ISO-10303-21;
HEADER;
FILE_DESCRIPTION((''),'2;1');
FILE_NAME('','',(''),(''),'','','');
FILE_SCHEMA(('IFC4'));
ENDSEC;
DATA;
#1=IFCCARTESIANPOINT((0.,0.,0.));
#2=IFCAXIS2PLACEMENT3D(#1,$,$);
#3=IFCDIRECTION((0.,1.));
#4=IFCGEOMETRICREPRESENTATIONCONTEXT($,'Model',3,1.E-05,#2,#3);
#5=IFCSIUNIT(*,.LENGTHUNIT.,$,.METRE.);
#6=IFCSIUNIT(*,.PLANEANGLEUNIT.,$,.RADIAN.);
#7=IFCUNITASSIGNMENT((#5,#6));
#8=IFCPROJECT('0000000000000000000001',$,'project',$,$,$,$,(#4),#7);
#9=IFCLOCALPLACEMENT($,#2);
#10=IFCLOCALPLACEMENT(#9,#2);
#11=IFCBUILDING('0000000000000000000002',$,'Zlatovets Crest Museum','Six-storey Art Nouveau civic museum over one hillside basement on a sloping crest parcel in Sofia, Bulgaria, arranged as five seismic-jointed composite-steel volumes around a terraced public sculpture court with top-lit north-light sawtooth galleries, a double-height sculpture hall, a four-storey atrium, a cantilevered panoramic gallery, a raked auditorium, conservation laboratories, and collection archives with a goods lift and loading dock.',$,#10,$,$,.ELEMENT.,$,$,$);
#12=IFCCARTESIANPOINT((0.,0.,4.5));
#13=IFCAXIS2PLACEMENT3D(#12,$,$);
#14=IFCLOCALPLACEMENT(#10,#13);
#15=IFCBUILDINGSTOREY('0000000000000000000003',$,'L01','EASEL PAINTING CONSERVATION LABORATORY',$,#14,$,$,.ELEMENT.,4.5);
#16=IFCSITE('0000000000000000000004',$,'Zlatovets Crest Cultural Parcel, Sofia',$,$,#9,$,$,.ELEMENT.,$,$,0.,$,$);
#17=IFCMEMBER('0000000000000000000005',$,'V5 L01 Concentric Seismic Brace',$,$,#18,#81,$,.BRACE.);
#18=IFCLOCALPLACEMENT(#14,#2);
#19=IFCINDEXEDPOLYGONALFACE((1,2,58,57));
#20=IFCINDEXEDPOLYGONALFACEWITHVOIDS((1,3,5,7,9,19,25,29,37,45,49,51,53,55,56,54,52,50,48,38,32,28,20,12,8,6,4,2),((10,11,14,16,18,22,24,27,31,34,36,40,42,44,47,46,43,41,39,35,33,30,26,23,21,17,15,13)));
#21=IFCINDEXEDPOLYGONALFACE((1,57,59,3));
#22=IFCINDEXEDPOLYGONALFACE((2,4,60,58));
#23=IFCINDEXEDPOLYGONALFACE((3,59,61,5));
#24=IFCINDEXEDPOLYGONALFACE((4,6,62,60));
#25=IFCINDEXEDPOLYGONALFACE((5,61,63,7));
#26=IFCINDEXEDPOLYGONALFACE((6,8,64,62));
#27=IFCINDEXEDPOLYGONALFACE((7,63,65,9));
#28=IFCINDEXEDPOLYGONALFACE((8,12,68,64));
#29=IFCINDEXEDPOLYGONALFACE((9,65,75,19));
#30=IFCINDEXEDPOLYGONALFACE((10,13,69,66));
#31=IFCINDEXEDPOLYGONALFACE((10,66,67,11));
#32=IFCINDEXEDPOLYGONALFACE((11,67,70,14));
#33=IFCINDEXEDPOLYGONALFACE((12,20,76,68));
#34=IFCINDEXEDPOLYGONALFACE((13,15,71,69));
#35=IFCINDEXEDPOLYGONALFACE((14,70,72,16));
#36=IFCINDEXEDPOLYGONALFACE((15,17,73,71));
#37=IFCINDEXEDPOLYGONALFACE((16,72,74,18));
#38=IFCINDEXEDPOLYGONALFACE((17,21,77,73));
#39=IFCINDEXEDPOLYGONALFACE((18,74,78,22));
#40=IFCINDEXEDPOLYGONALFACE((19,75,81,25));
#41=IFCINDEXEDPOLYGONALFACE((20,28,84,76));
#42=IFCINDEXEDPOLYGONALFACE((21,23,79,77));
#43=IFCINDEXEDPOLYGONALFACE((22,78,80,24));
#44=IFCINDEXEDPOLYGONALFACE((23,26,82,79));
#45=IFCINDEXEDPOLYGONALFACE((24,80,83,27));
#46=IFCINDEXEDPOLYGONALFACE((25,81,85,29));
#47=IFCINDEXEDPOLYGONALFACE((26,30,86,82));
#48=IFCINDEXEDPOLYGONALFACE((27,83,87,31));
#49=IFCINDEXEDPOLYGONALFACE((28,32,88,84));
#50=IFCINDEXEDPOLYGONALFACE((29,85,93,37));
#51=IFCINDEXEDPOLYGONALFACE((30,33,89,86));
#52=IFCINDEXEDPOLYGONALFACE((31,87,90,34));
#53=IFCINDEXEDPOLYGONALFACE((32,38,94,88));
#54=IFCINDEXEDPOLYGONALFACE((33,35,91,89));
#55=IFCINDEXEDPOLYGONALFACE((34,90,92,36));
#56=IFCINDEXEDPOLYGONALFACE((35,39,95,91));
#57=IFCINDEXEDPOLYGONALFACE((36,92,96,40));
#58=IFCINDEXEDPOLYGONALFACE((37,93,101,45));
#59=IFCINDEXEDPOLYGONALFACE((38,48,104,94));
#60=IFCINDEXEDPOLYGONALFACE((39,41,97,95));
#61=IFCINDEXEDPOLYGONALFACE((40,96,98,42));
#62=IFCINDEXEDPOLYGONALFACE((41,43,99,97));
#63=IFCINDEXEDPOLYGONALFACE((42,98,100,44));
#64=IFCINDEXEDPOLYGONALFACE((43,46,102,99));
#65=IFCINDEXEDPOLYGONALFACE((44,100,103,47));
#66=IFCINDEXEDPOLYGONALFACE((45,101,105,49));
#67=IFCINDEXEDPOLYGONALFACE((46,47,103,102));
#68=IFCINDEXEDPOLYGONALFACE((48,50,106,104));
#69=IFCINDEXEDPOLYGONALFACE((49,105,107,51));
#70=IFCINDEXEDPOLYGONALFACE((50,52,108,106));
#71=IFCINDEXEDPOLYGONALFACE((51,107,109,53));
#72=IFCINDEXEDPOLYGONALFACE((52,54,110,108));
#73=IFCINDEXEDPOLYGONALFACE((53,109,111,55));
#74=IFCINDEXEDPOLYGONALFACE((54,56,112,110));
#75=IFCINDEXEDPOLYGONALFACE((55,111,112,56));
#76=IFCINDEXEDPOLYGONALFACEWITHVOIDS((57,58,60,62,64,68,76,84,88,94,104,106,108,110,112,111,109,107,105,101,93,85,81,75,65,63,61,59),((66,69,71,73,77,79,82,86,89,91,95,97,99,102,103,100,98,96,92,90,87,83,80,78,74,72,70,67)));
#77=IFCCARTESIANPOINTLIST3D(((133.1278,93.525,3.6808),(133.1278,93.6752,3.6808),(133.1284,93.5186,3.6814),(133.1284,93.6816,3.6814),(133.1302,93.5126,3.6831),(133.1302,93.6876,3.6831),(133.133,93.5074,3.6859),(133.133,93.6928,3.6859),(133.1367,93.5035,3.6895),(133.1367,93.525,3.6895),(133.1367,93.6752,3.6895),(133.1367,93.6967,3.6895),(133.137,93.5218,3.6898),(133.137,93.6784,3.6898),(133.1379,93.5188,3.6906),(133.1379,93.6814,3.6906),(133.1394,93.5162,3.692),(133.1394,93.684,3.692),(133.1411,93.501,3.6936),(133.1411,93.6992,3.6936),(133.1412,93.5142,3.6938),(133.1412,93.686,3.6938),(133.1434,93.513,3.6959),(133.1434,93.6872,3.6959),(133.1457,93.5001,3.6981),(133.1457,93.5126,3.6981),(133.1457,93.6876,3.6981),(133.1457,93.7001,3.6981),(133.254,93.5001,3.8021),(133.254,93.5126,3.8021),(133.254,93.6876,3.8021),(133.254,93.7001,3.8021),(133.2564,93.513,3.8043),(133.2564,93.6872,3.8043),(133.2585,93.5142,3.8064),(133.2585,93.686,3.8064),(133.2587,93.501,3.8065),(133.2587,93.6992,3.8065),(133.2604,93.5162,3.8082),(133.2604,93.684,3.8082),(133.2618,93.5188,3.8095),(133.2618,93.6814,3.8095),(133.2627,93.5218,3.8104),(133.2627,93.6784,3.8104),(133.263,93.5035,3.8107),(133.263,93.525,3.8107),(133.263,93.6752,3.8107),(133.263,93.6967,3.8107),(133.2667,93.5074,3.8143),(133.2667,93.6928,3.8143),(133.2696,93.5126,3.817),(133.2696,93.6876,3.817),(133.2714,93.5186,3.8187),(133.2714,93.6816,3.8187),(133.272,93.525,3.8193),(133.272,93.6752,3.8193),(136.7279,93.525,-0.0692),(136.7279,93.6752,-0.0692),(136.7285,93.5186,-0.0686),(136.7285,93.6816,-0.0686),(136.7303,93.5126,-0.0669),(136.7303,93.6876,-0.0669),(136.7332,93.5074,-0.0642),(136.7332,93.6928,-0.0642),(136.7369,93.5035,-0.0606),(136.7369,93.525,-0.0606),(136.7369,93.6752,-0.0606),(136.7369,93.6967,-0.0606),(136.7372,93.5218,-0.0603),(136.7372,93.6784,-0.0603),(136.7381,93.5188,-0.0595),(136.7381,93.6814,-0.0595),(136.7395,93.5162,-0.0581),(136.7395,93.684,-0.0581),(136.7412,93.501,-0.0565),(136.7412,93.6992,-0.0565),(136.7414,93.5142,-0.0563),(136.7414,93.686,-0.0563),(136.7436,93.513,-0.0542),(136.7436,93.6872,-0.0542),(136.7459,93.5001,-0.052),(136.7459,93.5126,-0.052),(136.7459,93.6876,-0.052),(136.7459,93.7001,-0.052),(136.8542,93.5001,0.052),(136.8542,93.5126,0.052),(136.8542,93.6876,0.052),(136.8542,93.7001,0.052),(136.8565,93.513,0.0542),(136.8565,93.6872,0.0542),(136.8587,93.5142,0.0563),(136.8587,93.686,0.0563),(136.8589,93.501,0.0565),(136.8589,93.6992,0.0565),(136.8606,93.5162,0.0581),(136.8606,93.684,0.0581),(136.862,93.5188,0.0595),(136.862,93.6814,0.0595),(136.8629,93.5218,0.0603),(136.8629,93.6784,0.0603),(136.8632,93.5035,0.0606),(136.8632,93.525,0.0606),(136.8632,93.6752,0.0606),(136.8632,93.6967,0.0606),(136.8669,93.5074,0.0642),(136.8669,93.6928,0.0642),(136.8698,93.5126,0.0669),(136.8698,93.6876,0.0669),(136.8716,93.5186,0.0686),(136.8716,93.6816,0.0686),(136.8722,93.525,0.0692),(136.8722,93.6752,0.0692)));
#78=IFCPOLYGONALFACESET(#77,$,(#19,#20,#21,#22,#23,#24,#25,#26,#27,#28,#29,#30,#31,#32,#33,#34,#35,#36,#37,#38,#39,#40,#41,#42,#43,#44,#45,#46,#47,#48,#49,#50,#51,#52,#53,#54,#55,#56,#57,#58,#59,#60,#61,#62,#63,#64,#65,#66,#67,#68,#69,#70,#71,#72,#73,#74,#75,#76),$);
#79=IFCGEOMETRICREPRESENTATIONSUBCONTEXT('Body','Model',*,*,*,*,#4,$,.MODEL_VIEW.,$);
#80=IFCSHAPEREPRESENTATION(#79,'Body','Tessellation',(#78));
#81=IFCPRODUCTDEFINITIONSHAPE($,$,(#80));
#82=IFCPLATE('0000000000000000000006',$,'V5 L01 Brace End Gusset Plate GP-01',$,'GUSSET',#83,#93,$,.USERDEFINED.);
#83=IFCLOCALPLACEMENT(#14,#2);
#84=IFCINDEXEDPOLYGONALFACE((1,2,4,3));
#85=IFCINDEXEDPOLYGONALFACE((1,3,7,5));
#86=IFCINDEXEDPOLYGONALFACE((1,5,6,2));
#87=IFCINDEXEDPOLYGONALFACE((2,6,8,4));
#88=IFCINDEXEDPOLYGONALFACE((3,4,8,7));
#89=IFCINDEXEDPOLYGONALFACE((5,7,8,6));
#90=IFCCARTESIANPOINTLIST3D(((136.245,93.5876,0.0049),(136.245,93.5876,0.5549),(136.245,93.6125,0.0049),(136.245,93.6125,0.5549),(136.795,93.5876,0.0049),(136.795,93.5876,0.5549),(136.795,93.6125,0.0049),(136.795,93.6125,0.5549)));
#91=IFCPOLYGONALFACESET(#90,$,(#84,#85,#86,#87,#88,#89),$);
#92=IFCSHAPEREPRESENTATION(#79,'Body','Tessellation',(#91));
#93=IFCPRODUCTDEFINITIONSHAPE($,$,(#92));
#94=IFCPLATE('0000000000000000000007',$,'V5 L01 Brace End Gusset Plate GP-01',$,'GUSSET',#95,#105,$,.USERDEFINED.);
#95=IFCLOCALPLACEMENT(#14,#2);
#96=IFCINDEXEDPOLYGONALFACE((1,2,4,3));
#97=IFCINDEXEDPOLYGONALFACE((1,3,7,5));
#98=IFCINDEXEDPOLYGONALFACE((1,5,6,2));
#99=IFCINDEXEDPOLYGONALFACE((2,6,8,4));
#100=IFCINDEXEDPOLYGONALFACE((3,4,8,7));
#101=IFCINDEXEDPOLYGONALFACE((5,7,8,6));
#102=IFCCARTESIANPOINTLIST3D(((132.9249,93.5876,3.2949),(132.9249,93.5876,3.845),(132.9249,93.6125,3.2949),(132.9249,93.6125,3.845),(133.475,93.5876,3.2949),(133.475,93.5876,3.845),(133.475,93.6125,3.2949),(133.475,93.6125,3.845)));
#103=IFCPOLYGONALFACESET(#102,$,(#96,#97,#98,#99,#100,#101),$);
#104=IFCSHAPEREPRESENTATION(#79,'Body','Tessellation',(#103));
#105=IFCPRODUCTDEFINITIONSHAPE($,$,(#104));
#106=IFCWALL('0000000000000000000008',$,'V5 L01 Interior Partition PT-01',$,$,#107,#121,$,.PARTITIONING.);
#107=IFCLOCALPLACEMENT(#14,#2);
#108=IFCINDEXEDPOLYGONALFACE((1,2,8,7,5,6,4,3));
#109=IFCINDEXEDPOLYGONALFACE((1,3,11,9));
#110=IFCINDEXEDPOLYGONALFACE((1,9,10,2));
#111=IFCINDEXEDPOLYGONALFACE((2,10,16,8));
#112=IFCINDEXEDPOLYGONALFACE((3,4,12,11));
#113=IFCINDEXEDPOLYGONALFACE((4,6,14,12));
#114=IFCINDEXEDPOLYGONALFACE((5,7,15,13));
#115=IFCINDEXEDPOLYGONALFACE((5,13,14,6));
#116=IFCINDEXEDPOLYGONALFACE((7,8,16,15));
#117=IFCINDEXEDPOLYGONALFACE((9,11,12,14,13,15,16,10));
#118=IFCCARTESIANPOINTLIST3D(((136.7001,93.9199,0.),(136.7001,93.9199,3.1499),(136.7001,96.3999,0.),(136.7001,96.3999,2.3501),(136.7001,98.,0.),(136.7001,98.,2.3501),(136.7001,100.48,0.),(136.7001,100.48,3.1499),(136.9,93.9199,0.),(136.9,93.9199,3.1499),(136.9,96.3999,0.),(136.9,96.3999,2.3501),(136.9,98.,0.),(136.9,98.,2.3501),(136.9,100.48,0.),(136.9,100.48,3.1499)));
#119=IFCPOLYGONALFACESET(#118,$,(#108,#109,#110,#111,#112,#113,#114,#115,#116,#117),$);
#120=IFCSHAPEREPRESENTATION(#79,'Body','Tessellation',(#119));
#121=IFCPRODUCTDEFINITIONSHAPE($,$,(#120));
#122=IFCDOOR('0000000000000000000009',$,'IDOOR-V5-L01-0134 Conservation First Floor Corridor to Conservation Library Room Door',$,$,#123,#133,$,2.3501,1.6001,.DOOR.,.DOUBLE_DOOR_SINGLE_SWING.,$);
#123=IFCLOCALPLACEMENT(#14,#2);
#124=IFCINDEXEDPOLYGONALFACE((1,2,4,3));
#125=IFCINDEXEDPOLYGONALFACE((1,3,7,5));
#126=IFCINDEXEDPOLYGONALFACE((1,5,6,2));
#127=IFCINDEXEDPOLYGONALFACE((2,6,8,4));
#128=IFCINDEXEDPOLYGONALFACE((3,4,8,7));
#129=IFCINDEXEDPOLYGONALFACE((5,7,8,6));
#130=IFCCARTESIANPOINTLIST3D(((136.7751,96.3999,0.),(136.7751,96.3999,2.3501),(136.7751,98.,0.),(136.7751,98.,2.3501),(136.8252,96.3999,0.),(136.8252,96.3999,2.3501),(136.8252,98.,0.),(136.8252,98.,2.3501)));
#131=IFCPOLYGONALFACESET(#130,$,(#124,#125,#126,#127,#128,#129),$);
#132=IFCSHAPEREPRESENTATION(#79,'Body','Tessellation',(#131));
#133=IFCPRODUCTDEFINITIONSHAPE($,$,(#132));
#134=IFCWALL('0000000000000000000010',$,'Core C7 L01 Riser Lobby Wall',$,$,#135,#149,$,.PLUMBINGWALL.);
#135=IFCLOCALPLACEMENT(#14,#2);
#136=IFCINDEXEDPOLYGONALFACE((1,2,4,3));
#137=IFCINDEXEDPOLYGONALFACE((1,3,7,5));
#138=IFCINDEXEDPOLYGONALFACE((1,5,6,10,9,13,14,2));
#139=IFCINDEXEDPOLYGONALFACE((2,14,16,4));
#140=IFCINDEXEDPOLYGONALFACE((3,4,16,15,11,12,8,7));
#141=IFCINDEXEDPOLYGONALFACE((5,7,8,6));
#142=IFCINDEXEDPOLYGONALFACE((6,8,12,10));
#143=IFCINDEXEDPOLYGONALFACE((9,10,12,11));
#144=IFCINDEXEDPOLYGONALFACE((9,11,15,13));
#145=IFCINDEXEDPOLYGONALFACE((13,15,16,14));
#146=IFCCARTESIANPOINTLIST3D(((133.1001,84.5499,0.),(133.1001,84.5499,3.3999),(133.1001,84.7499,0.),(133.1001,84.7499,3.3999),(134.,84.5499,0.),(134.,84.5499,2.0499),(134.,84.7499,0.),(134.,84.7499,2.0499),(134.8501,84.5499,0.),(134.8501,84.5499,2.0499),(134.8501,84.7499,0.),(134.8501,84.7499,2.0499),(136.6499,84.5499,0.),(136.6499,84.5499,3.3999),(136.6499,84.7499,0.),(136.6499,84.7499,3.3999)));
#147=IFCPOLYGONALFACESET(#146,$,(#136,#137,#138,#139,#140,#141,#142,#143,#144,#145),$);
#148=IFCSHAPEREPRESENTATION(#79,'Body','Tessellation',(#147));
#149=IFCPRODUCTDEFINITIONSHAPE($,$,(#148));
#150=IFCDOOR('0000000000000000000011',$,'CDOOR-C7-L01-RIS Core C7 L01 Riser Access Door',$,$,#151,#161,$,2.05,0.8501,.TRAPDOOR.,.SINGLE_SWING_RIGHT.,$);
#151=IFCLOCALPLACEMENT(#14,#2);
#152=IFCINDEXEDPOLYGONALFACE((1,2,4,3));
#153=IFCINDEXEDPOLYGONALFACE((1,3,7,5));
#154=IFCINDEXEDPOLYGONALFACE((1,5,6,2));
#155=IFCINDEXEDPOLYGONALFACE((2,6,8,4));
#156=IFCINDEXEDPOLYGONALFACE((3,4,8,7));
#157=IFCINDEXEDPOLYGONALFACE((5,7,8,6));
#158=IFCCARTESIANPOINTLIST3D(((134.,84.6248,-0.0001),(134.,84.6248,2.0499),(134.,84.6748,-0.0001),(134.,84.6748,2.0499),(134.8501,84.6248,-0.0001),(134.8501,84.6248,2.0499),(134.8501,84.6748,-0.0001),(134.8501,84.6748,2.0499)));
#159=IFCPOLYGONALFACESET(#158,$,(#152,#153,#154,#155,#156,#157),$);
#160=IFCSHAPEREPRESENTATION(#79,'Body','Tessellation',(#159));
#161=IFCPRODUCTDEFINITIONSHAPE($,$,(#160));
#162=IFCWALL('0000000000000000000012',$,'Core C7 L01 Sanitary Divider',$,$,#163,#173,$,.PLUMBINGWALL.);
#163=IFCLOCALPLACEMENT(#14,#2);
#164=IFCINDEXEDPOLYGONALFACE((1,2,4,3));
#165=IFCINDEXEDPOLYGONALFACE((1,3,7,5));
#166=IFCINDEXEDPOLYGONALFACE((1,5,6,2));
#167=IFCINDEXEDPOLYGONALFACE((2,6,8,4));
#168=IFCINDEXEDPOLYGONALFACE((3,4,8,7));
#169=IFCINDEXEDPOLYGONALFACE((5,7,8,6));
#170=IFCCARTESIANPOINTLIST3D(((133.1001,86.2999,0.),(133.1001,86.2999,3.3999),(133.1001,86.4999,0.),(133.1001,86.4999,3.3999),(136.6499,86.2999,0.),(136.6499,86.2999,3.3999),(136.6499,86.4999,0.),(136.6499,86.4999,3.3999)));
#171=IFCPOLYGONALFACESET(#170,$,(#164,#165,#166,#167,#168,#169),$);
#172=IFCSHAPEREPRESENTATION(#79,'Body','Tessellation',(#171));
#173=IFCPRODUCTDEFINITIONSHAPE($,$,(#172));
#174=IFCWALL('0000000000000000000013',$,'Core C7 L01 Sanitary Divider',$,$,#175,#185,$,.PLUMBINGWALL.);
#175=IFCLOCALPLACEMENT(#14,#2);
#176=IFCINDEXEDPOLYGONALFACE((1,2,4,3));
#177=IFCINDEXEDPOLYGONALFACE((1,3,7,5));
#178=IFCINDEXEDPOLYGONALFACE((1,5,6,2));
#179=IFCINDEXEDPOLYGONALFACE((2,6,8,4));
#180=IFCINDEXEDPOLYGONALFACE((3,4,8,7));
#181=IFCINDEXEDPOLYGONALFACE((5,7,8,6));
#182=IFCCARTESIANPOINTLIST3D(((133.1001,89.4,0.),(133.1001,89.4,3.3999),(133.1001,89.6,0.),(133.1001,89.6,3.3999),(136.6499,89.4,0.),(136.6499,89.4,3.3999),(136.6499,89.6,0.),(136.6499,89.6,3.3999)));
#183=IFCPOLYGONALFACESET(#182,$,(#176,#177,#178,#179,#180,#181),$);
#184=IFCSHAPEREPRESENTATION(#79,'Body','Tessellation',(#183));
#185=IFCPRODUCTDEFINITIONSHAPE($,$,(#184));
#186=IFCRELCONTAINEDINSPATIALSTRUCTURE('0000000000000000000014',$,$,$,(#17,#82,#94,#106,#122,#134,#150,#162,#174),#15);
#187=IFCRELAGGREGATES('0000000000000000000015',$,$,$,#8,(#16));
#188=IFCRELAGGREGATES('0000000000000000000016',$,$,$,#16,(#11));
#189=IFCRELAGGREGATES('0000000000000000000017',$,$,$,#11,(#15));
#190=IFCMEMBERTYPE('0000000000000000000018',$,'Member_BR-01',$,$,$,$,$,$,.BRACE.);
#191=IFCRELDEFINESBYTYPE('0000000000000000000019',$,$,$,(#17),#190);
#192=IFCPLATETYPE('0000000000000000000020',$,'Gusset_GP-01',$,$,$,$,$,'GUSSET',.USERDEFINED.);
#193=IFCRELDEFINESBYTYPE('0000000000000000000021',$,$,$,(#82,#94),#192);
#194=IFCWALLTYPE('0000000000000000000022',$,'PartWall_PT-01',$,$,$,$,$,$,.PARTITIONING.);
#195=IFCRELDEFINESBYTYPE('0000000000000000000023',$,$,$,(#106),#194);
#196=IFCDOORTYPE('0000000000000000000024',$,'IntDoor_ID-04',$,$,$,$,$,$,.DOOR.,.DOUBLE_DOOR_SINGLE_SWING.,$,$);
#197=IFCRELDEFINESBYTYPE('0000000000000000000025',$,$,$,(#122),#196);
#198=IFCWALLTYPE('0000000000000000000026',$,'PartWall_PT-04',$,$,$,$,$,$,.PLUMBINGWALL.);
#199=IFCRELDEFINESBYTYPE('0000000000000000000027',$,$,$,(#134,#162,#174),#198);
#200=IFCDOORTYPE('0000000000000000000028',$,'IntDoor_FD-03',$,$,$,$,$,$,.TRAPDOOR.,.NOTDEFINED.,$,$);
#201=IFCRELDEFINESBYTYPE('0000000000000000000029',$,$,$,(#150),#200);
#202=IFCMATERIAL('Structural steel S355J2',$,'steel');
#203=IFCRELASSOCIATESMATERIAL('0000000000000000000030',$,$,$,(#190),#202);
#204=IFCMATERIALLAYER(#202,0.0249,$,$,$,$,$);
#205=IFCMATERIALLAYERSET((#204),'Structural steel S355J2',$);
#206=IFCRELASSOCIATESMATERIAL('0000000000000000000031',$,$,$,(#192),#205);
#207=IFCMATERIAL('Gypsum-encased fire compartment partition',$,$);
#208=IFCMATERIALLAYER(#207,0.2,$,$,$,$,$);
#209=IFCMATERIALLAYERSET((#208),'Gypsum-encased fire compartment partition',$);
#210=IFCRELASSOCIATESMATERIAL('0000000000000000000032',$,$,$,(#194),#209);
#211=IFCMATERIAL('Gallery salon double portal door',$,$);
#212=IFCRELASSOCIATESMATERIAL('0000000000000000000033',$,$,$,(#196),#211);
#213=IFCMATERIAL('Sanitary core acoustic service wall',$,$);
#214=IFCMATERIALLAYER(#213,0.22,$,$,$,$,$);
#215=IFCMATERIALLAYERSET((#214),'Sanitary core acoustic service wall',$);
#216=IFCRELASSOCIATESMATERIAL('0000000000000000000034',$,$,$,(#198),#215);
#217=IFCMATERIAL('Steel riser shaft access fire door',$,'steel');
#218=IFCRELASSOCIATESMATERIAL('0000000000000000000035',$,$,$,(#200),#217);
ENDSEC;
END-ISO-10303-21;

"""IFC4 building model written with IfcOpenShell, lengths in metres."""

from ifc_helpers import new_model, si_unit, direction, frame, frame_2d, origin, origin_2d, place, context, subcontext, project, spatial, rectangle, hollow_rectangle, extrude, material, layer, layer_set, material_profile, profile_set, type_object, element, fill, save


model = new_model("IFC4")

# Units and contexts
model_context = context("Model", 3, precision=1e-05, world=origin(), true_north=direction((0.0, 1.0)))
body_context = subcontext(model_context, "Body", "Model", "MODEL_VIEW")
ifc_project = project(units=[si_unit("LENGTHUNIT", "METRE"), si_unit("PLANEANGLEUNIT", "RADIAN")], contexts=[model_context])

# Site, building, storey
site_placement = place(None, origin())
site = spatial("IfcSite", under=ifc_project, at=site_placement, Name="Zlatovets Crest Cultural Parcel, Sofia", CompositionType="ELEMENT", RefElevation=0.0)
building_placement = place(site_placement, origin())
building = spatial("IfcBuilding", under=site, at=building_placement, Name="Zlatovets Crest Museum", Description="Six-storey Art Nouveau civic museum over one hillside basement on a sloping crest parcel in Sofia, Bulgaria, arranged as five seismic-jointed composite-steel volumes around a terraced public sculpture court with top-lit north-light sawtooth galleries, a double-height sculpture hall, a four-storey atrium, a cantilevered panoramic gallery, a raked auditorium, conservation laboratories, and collection archives with a goods lift and loading dock.", CompositionType="ELEMENT")
storey_placement = place(building_placement, frame((0.0, 0.0, 4.5)))
storey = spatial("IfcBuildingStorey", under=building, at=storey_placement, Name="L01", Description="EASEL PAINTING CONSERVATION LABORATORY", CompositionType="ELEMENT", Elevation=4.5)

# Shared definitions
ifc_material_1 = material(Name="Structural steel S355J2", Category="steel")

# Member
ifc_material_profile_1 = material_profile(ifc_material_1, hollow_rectangle(XDim=0.2, YDim=0.2, WallThickness=0.0125, InnerFilletRadius=0.0125, OuterFilletRadius=0.0249, at=origin_2d()), Name="SHS 200x200x12.5")
ifc_profile_set_1 = profile_set([ifc_material_profile_1], Name="Structural steel S355J2")
member_type = type_object("IfcMemberType", Name="Member_BR-01", PredefinedType="BRACE", material=ifc_profile_set_1)
member_placement = place(storey_placement, frame((136.8, 93.6001, 0.0), z_axis=(-0.692542, 0.0, 0.721378), x_axis=(0.0, -1.0, 0.0)))
element("IfcMember", 1, at=member_placement, inside=storey, type_object=member_type, Name="V5 L01 Concentric Seismic Brace", PredefinedType="BRACE", context=body_context, shape_type="SweptSolid", body=[
    extrude(hollow_rectangle(XDim=0.2, YDim=0.2, WallThickness=0.0125, InnerFilletRadius=0.0125, OuterFilletRadius=0.0249, at=origin_2d()), origin(), (0.0, 0.0, 1.0), 5.1985),
])

# Plates
ifc_layer_1 = layer(ifc_material_1, 0.0249)
ifc_layer_set_1 = layer_set([ifc_layer_1], Name="Structural steel S355J2")
plate_type = type_object("IfcPlateType", Name="Gusset_GP-01", ElementType="GUSSET", PredefinedType="USERDEFINED", material=ifc_layer_set_1)
for number, where, z_axis, x_axis, name in (
    (2, (136.52, 93.6001, 0.0049), (0.0, 0.0, 1.0), (1.0, 0.0, 0.0), "V5 L01 Brace End Gusset Plate GP-01"),
    (3, (133.2, 93.6001, 3.2949), (0.0, 0.0, 1.0), (1.0, 0.0, 0.0), "V5 L01 Brace End Gusset Plate GP-01"),
):
    element("IfcPlate", number, at=place(storey_placement, frame(where, z_axis=z_axis, x_axis=x_axis)), inside=storey, type_object=plate_type, Name=name, ObjectType="GUSSET", PredefinedType="USERDEFINED", context=body_context, shape_type="SweptSolid", body=[
        extrude(rectangle(XDim=0.55, YDim=0.0249, at=origin_2d()), origin(), (0.0, 0.0, 1.0), 0.55),
    ])

# Walls, openings, doors
ifc_material_2 = material(Name="Gypsum-encased fire compartment partition")
ifc_layer_2 = layer(ifc_material_2, 0.2)
ifc_layer_set_2 = layer_set([ifc_layer_2], Name="Gypsum-encased fire compartment partition")
wall_type_1 = type_object("IfcWallType", Name="PartWall_PT-01", PredefinedType="PARTITIONING", material=ifc_layer_set_2)
wall_1_placement = place(storey_placement, frame((136.8, 93.9199, 0.0), z_axis=(0.0, 0.0, 1.0), x_axis=(0.0, 1.0, 0.0)))
wall_1 = element("IfcWall", 4, at=wall_1_placement, inside=storey, type_object=wall_type_1, Name="V5 L01 Interior Partition PT-01", PredefinedType="PARTITIONING", context=body_context, shape_type="SweptSolid", body=[
    extrude(rectangle(XDim=6.5601, YDim=0.2, at=frame_2d((3.28, 0.0))), origin(), (0.0, 0.0, 1.0), 3.1499),
])
opening_1_placement = place(wall_1_placement, frame((2.48, 0.0, 0.0)))
opening_1 = element("IfcOpeningElement", 5, at=opening_1_placement, cuts=wall_1, PredefinedType="OPENING", context=body_context, shape_type="SweptSolid", body=[
    extrude(rectangle(XDim=1.6001, YDim=2.3501, at=frame_2d((0.8, 1.175))), frame((0.0, 0.1099, 0.0), z_axis=(0.0, -1.0, 0.0), x_axis=(1.0, 0.0, 0.0)), (0.0, 0.0, 1.0), 0.22),
])
ifc_material_3 = material(Name="Gallery salon double portal door")
door_type_1 = type_object("IfcDoorType", Name="IntDoor_ID-04", OperationType="DOUBLE_DOOR_SINGLE_SWING", PredefinedType="DOOR", material=ifc_material_3)
door_1_placement = place(opening_1_placement, origin())
door_1 = element("IfcDoor", 6, at=door_1_placement, inside=storey, type_object=door_type_1, Name="IDOOR-V5-L01-0134 Conservation First Floor Corridor to Conservation Library Room Door", OperationType="DOUBLE_DOOR_SINGLE_SWING", OverallHeight=2.3501, OverallWidth=1.6001, PredefinedType="DOOR", context=body_context, shape_type="SweptSolid", body=[
    extrude(rectangle(XDim=1.6001, YDim=2.3501, at=frame_2d((0.8, 1.175))), frame((0.0, 0.0249, 0.0), z_axis=(0.0, -1.0, 0.0), x_axis=(1.0, 0.0, 0.0)), (0.0, 0.0, 1.0), 0.05),
])
fill(opening_1, door_1)
ifc_material_4 = material(Name="Sanitary core acoustic service wall")
ifc_layer_3 = layer(ifc_material_4, 0.22)
ifc_layer_set_3 = layer_set([ifc_layer_3], Name="Sanitary core acoustic service wall")
wall_type_2 = type_object("IfcWallType", Name="PartWall_PT-04", PredefinedType="PLUMBINGWALL", material=ifc_layer_set_3)
wall_2_placement = place(storey_placement, frame((133.1001, 84.6499, 0.0), z_axis=(0.0, 0.0, 1.0), x_axis=(1.0, 0.0, 0.0)))
wall_2 = element("IfcWall", 7, at=wall_2_placement, inside=storey, type_object=wall_type_2, Name="Core C7 L01 Riser Lobby Wall", PredefinedType="PLUMBINGWALL", context=body_context, shape_type="SweptSolid", body=[
    extrude(rectangle(XDim=3.5498, YDim=0.2, at=frame_2d((1.7749, 0.0))), origin(), (0.0, 0.0, 1.0), 3.3999),
])
opening_2_placement = place(wall_2_placement, frame((0.8999, 0.0, 0.0)))
opening_2 = element("IfcOpeningElement", 8, at=opening_2_placement, cuts=wall_2, PredefinedType="OPENING", context=body_context, shape_type="SweptSolid", body=[
    extrude(rectangle(XDim=0.8501, YDim=2.05, at=frame_2d((0.425, 1.0249))), frame((0.0, 0.1099, 0.0), z_axis=(0.0, -1.0, 0.0), x_axis=(1.0, 0.0, 0.0)), (0.0, 0.0, 1.0), 0.22),
])
ifc_material_5 = material(Name="Steel riser shaft access fire door", Category="steel")
door_type_2 = type_object("IfcDoorType", Name="IntDoor_FD-03", OperationType="NOTDEFINED", PredefinedType="TRAPDOOR", material=ifc_material_5)
door_2_placement = place(opening_2_placement, origin())
door_2 = element("IfcDoor", 9, at=door_2_placement, inside=storey, type_object=door_type_2, Name="CDOOR-C7-L01-RIS Core C7 L01 Riser Access Door", OperationType="SINGLE_SWING_RIGHT", OverallHeight=2.05, OverallWidth=0.8501, PredefinedType="TRAPDOOR", context=body_context, shape_type="SweptSolid", body=[
    extrude(rectangle(XDim=0.8501, YDim=2.05, at=frame_2d((0.425, 1.0249))), frame((0.0, 0.0249, 0.0), z_axis=(0.0, -1.0, 0.0), x_axis=(1.0, 0.0, 0.0)), (0.0, 0.0, 1.0), 0.05),
])
fill(opening_2, door_2)

# Walls
for number, where, z_axis, x_axis, name in (
    (10, (133.1001, 86.3999, 0.0), (0.0, 0.0, 1.0), (1.0, 0.0, 0.0), "Core C7 L01 Sanitary Divider"),
    (11, (133.1001, 89.5, 0.0), (0.0, 0.0, 1.0), (1.0, 0.0, 0.0), "Core C7 L01 Sanitary Divider"),
):
    element("IfcWall", number, at=place(storey_placement, frame(where, z_axis=z_axis, x_axis=x_axis)), inside=storey, type_object=wall_type_2, Name=name, PredefinedType="PLUMBINGWALL", context=body_context, shape_type="SweptSolid", body=[
        extrude(rectangle(XDim=3.5498, YDim=0.2, at=frame_2d((1.7749, 0.0))), origin(), (0.0, 0.0, 1.0), 3.3999),
    ])

save(model, "model.ifc")
